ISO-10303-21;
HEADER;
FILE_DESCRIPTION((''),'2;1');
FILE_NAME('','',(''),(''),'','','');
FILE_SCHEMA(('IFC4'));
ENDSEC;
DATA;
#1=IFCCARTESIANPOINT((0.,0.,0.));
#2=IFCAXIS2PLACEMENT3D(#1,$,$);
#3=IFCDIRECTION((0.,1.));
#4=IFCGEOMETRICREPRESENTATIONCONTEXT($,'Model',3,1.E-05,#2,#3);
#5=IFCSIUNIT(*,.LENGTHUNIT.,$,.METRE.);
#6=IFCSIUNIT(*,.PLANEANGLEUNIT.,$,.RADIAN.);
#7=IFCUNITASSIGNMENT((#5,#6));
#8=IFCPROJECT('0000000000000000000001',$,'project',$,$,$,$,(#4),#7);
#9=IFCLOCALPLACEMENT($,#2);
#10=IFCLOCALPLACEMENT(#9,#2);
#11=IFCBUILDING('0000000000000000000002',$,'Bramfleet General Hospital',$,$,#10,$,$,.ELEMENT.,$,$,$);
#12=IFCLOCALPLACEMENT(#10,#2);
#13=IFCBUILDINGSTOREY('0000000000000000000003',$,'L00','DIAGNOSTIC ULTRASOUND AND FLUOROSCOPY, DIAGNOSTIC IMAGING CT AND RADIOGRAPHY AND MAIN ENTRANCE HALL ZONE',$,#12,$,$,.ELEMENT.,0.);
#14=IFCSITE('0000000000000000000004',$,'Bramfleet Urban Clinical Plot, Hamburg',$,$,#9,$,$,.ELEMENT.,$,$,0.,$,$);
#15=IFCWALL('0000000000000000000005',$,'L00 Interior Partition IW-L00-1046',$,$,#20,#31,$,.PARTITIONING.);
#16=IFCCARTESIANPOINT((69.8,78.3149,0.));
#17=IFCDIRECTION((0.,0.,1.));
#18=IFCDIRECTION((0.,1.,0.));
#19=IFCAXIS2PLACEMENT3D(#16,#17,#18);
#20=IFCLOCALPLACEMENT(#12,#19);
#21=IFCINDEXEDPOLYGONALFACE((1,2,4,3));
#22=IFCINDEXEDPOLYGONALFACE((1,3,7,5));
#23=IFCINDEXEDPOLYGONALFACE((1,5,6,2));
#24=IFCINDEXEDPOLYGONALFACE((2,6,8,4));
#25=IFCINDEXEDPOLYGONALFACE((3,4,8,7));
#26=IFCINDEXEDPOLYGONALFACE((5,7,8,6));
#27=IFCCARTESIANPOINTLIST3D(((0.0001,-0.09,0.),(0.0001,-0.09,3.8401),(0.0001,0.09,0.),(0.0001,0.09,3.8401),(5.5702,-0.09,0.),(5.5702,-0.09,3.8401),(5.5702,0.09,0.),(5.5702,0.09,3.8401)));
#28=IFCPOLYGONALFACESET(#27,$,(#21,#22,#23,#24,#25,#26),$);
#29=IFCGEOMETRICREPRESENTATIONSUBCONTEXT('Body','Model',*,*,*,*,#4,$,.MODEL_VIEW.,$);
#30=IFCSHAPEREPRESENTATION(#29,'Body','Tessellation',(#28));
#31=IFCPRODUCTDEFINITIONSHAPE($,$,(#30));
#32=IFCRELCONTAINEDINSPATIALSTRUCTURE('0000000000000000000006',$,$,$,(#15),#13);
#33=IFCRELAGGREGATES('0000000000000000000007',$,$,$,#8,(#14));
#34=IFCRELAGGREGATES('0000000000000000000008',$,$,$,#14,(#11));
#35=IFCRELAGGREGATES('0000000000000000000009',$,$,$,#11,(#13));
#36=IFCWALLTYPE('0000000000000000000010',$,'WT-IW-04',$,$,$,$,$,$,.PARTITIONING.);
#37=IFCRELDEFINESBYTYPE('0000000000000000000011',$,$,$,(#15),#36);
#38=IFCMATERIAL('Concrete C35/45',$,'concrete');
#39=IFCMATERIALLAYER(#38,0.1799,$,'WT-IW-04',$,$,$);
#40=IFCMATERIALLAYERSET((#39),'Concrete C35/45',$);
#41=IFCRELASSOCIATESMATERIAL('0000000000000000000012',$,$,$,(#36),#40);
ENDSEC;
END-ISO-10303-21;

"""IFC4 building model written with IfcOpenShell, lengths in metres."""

from ifc_helpers import new_model, si_unit, direction, frame, frame_2d, origin, place, context, subcontext, project, spatial, rectangle, extrude, material, layer, layer_set, type_object, element, save


model = new_model("IFC4")

# Units and contexts
model_context = context("Model", 3, precision=1e-05, world=origin(), true_north=direction((0.0, 1.0)))
body_context = subcontext(model_context, "Body", "Model", "MODEL_VIEW")
ifc_project = project(units=[si_unit("LENGTHUNIT", "METRE"), si_unit("PLANEANGLEUNIT", "RADIAN")], contexts=[model_context])

# Site, building, storey
site_placement = place(None, origin())
site = spatial("IfcSite", under=ifc_project, at=site_placement, Name="Bramfleet Urban Clinical Plot, Hamburg", CompositionType="ELEMENT", RefElevation=0.0)
building_placement = place(site_placement, origin())
building = spatial("IfcBuilding", under=site, at=building_placement, Name="Bramfleet General Hospital", CompositionType="ELEMENT")
storey_placement = place(building_placement, origin())
storey = spatial("IfcBuildingStorey", under=building, at=storey_placement, Name="L00", Description="DIAGNOSTIC ULTRASOUND AND FLUOROSCOPY, DIAGNOSTIC IMAGING CT AND RADIOGRAPHY AND MAIN ENTRANCE HALL ZONE", CompositionType="ELEMENT", Elevation=0.0)

# Shared definitions
ifc_material_1 = material(Name="Concrete C35/45", Category="concrete")

# Shared definitions
ifc_layer_1 = layer(ifc_material_1, 0.1799, Name="WT-IW-04")
ifc_layer_set_1 = layer_set([ifc_layer_1], Name="Concrete C35/45")
wall_type_1 = type_object("IfcWallType", Name="WT-IW-04", PredefinedType="PARTITIONING", material=ifc_layer_set_1)

# Wall
wall_1_placement = place(storey_placement, frame((69.8, 78.3149, 0.0), z_axis=(0.0, 0.0, 1.0), x_axis=(0.0, 1.0, 0.0)))
element("IfcWall", 1, at=wall_1_placement, inside=storey, type_object=wall_type_1, Name="L00 Interior Partition IW-L00-1046", PredefinedType="PARTITIONING", context=body_context, shape_type="SweptSolid", body=[
    extrude(rectangle(XDim=5.5701, YDim=0.1799, at=frame_2d((2.7852, 0.0))), origin(), (0.0, 0.0, 1.0), 3.8401),
])

save(model, "model.ifc")
